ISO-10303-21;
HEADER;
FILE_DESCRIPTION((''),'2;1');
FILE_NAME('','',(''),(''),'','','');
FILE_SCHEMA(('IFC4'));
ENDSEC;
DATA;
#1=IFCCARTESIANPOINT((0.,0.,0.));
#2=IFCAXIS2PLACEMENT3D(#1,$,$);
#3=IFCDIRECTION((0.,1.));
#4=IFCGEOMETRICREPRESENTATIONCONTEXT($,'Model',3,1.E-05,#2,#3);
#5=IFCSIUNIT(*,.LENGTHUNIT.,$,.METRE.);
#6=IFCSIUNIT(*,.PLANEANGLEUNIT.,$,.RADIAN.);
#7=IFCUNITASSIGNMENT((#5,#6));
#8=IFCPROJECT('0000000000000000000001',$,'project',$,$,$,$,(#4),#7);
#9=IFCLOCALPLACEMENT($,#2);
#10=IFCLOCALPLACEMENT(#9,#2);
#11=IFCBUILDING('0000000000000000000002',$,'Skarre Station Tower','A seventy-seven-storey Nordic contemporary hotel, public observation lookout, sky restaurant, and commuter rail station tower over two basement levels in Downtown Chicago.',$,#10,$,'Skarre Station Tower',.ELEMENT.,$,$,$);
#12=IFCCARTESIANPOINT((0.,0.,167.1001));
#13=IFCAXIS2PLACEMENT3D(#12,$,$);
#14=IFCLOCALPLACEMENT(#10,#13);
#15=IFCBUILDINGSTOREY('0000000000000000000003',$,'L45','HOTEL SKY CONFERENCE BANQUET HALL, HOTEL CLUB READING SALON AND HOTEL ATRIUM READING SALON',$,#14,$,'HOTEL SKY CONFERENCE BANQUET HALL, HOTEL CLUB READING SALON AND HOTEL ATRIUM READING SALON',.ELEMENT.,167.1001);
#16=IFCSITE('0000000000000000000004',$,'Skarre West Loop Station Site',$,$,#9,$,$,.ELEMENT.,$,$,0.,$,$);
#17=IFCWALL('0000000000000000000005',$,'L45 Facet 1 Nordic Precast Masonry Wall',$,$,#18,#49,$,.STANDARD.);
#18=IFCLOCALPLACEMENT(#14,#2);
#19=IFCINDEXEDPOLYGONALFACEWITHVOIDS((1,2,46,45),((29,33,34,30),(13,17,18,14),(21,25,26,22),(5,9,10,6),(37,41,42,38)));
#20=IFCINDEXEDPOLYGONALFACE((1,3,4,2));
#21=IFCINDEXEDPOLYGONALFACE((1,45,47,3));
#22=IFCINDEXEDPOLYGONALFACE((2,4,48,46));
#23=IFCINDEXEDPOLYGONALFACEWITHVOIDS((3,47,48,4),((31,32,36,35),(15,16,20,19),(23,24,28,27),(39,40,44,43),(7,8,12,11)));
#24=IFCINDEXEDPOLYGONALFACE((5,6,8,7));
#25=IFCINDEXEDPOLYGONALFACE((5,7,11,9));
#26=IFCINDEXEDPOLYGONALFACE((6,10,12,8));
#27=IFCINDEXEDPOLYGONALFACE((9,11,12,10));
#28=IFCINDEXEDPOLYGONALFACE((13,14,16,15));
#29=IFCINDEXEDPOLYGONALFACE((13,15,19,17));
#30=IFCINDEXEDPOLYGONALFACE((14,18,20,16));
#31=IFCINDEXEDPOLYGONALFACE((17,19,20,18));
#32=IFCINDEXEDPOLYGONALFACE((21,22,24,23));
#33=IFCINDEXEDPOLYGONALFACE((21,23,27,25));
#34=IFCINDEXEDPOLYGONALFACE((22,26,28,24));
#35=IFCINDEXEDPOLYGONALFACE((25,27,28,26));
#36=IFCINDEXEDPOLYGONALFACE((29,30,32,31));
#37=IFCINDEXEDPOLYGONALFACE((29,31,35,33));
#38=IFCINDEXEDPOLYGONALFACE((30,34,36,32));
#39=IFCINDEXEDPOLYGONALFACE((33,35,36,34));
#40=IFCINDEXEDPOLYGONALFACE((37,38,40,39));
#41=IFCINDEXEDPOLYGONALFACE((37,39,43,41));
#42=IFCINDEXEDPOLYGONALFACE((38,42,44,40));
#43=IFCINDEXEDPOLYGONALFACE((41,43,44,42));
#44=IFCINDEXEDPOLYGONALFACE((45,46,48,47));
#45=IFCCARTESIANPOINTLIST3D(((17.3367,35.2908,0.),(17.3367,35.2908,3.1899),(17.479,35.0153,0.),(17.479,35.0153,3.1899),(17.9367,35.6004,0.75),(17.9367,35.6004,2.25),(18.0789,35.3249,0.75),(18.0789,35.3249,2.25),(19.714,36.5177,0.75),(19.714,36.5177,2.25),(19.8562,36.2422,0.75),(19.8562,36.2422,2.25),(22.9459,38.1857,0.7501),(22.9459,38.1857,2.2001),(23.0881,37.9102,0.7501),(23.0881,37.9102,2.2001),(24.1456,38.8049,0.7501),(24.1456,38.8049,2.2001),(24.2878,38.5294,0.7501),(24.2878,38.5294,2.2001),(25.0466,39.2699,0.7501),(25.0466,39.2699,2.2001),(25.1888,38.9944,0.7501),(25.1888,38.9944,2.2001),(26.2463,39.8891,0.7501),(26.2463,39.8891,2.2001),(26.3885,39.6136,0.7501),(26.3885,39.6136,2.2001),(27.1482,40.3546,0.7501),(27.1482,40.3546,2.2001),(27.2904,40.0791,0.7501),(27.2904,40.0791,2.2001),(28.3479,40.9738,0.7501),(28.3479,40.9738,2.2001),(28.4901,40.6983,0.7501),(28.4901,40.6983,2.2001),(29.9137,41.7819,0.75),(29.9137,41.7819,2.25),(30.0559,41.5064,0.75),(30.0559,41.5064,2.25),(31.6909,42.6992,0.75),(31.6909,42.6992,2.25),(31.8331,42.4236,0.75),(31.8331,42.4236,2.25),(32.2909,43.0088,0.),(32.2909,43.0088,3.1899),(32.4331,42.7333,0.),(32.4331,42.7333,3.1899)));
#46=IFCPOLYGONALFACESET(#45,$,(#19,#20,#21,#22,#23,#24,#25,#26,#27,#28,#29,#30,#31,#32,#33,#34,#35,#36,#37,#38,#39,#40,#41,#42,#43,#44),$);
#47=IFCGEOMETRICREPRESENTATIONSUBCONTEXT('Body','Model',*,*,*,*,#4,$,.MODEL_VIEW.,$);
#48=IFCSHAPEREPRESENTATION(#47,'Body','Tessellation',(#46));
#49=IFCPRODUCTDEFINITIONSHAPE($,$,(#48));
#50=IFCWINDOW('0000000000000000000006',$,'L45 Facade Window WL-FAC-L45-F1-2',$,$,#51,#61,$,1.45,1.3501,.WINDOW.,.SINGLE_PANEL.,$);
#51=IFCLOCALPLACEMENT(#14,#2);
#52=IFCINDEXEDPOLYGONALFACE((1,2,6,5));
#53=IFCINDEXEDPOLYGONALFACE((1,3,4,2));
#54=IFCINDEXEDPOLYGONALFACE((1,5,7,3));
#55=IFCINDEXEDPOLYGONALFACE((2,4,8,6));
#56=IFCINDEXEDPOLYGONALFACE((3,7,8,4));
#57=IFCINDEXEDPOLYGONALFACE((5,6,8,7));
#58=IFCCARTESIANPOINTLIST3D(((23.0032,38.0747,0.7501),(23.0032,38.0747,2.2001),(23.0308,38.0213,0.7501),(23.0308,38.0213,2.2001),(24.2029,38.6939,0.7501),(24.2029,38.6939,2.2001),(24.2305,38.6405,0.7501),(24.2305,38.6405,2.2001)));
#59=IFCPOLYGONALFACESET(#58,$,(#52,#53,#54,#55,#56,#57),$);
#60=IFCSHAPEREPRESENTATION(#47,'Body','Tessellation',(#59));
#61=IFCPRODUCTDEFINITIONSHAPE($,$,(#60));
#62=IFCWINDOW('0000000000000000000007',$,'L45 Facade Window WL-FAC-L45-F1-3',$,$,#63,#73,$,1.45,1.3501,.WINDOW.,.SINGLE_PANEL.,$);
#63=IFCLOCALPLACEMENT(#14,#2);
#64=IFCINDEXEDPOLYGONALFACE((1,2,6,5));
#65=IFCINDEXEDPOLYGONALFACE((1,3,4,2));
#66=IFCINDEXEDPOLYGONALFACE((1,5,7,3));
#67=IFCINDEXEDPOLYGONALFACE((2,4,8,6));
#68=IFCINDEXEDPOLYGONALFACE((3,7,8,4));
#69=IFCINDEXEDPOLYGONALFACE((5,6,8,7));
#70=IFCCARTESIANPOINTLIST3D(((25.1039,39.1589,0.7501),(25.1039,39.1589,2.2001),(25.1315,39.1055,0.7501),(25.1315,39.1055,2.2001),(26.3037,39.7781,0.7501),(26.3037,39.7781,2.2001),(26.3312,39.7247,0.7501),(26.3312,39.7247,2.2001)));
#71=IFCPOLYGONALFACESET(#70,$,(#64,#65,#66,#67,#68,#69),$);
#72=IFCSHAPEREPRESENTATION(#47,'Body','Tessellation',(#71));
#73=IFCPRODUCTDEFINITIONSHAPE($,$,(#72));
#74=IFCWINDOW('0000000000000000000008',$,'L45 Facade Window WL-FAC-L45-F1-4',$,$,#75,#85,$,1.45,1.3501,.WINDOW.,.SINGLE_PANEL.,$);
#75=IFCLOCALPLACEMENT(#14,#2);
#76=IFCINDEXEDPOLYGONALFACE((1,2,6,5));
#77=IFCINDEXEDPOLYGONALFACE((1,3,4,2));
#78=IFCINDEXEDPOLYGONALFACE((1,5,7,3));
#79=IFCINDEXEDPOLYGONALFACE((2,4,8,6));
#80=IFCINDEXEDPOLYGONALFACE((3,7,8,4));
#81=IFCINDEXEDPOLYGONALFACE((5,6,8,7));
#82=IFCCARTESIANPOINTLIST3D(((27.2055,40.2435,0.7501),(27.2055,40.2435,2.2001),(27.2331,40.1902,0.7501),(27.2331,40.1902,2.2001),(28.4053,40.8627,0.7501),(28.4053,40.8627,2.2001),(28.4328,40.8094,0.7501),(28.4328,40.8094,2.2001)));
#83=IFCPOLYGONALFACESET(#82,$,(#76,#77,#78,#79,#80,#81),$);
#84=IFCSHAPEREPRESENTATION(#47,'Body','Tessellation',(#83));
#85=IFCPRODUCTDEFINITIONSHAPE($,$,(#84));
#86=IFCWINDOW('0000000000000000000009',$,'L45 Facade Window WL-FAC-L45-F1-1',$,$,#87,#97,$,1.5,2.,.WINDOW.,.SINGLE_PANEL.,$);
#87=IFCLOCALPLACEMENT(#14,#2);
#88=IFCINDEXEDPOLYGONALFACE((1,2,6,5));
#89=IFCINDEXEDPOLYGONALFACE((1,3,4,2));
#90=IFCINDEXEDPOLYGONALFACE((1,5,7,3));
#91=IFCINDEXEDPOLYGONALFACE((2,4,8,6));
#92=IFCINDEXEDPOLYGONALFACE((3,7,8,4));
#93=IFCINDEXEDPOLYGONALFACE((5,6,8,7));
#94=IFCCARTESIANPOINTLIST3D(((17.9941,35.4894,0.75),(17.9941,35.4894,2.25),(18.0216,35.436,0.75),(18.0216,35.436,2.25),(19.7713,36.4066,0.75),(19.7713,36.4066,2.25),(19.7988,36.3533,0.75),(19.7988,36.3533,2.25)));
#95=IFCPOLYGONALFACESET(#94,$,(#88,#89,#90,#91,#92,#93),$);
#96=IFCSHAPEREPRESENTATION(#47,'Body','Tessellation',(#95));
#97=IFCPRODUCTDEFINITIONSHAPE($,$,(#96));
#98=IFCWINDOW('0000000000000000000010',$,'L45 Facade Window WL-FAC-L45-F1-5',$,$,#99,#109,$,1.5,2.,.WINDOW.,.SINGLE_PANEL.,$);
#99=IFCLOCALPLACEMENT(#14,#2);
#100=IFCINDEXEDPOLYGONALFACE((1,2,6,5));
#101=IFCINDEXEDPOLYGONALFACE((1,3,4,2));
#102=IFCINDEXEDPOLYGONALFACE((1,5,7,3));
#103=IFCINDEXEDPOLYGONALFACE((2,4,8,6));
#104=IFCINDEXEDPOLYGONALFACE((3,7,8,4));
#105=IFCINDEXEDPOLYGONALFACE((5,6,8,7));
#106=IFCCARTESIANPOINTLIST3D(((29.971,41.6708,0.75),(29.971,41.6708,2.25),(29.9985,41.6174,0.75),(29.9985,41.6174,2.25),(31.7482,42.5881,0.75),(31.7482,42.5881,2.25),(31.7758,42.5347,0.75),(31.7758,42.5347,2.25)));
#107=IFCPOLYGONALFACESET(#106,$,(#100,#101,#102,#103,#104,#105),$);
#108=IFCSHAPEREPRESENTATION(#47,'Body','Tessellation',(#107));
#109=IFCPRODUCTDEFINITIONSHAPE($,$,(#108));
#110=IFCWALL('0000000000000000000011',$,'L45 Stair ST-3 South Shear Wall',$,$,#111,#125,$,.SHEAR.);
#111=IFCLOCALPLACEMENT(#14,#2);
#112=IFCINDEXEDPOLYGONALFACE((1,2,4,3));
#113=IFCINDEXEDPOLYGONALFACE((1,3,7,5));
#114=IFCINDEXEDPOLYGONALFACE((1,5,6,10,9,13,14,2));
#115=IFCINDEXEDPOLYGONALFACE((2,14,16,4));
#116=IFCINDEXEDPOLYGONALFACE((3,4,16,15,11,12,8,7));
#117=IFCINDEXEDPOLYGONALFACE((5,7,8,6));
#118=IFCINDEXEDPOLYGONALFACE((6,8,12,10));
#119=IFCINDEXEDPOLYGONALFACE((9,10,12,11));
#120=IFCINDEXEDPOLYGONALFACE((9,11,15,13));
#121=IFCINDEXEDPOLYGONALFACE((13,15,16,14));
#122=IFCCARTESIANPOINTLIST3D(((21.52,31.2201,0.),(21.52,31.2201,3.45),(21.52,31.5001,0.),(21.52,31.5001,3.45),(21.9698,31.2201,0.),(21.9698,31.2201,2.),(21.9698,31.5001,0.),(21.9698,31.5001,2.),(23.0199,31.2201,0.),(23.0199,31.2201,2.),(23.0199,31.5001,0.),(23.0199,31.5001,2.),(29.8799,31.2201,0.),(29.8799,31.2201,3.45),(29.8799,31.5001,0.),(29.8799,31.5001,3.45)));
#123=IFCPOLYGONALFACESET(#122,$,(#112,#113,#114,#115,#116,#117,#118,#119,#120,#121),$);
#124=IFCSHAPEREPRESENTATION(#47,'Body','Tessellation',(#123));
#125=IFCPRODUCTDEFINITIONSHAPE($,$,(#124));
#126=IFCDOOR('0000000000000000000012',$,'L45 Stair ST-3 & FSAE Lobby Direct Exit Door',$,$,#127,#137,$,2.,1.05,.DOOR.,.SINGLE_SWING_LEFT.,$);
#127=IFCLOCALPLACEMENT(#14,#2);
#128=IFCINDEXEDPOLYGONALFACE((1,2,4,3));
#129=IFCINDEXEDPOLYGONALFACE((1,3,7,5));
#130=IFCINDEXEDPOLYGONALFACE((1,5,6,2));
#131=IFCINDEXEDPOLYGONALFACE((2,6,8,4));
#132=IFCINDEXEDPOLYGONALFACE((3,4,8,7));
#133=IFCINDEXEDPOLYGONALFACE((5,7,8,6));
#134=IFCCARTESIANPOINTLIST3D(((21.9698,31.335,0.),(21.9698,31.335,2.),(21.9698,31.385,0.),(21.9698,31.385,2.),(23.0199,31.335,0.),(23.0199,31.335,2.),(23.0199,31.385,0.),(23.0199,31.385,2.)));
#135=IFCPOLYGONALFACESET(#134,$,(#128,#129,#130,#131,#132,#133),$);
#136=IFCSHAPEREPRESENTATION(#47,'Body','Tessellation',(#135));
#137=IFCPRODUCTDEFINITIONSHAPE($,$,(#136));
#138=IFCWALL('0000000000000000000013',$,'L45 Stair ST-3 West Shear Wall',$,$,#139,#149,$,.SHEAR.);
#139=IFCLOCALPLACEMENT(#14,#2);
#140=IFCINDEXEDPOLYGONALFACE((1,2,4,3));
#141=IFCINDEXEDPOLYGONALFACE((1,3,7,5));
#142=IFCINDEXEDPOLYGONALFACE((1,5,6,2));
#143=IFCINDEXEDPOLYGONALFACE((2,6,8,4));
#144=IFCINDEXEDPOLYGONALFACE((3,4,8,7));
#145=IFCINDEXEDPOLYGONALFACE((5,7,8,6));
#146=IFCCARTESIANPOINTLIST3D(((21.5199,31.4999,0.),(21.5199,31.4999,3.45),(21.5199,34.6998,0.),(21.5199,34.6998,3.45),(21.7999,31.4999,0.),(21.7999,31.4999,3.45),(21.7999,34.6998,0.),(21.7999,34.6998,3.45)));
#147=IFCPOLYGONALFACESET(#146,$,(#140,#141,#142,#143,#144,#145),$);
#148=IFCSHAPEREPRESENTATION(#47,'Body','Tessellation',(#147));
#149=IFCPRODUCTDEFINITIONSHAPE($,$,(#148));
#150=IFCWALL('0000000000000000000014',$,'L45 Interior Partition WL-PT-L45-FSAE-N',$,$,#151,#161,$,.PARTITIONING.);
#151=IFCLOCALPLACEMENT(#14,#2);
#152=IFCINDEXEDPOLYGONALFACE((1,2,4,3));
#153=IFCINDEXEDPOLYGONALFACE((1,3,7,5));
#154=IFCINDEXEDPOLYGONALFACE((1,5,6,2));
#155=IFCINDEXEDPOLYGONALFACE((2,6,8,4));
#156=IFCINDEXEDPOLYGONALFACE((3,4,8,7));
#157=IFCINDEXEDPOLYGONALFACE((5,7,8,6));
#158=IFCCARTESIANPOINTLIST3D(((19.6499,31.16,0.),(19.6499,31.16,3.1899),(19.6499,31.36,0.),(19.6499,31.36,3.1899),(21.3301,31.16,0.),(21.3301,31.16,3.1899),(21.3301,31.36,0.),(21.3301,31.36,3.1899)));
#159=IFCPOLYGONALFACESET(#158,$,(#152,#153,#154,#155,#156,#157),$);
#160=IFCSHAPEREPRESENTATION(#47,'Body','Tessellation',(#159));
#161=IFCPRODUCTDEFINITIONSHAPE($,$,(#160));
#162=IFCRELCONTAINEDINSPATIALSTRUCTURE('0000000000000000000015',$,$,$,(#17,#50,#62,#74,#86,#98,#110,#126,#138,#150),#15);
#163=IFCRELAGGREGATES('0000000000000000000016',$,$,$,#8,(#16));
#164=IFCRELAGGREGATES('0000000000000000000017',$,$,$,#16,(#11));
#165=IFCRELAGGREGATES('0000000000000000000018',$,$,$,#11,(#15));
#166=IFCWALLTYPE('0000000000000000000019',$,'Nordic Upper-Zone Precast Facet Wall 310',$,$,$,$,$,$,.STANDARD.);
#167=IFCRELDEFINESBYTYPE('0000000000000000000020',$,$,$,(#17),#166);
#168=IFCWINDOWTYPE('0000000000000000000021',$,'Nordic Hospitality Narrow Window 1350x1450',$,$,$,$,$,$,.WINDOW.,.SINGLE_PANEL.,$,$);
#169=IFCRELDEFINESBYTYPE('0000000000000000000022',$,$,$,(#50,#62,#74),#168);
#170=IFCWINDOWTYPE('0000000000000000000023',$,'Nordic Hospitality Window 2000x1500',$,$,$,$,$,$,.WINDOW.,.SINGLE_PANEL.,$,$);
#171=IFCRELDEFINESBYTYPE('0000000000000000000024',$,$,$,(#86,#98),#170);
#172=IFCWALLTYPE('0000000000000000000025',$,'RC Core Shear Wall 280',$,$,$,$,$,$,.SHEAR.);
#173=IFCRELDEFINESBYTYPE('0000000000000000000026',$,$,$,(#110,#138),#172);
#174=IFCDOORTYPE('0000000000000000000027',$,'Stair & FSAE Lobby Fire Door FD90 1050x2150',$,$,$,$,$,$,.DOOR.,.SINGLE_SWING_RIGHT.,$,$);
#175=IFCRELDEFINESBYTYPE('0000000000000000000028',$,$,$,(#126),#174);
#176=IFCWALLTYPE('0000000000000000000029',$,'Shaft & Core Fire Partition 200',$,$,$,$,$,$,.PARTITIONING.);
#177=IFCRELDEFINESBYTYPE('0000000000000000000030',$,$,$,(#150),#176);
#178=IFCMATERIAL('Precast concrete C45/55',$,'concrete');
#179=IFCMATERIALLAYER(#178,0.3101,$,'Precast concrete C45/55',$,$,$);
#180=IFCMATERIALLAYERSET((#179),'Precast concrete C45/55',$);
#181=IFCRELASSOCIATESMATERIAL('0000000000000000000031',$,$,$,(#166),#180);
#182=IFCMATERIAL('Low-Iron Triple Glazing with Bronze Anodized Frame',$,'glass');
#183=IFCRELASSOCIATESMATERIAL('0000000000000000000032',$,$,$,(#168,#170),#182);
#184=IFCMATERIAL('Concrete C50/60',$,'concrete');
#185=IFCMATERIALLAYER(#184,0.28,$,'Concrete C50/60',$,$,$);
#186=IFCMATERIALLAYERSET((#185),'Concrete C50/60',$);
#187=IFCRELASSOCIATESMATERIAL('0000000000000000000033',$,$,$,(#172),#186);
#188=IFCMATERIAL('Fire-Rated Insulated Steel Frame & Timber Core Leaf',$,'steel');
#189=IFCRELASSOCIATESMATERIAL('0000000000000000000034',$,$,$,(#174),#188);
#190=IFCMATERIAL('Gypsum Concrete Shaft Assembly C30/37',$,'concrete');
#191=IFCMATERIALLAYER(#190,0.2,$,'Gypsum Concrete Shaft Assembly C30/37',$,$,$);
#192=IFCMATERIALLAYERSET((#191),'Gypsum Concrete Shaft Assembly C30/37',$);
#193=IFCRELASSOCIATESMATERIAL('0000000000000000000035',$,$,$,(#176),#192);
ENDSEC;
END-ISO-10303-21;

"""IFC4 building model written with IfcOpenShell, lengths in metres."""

from ifc_helpers import new_model, si_unit, direction, frame, frame_2d, origin, place, context, subcontext, project, spatial, rectangle, extrude, material, layer, layer_set, type_object, element, fill, save


model = new_model("IFC4")

# Units and contexts
model_context = context("Model", 3, precision=1e-05, world=origin(), true_north=direction((0.0, 1.0)))
body_context = subcontext(model_context, "Body", "Model", "MODEL_VIEW")
ifc_project = project(units=[si_unit("LENGTHUNIT", "METRE"), si_unit("PLANEANGLEUNIT", "RADIAN")], contexts=[model_context])

# Site, building, storey
site_placement = place(None, origin())
site = spatial("IfcSite", under=ifc_project, at=site_placement, Name="Skarre West Loop Station Site", CompositionType="ELEMENT", RefElevation=0.0)
building_placement = place(site_placement, origin())
building = spatial("IfcBuilding", under=site, at=building_placement, Name="Skarre Station Tower", Description="A seventy-seven-storey Nordic contemporary hotel, public observation lookout, sky restaurant, and commuter rail station tower over two basement levels in Downtown Chicago.", LongName="Skarre Station Tower", CompositionType="ELEMENT")
storey_placement = place(building_placement, frame((0.0, 0.0, 167.1001)))
storey = spatial("IfcBuildingStorey", under=building, at=storey_placement, Name="L45", Description="HOTEL SKY CONFERENCE BANQUET HALL, HOTEL CLUB READING SALON AND HOTEL ATRIUM READING SALON", LongName="HOTEL SKY CONFERENCE BANQUET HALL, HOTEL CLUB READING SALON AND HOTEL ATRIUM READING SALON", CompositionType="ELEMENT", Elevation=167.1001)

# Shared definitions
ifc_material_1 = material(Name="Concrete C50/60", Category="concrete")

# Shared definitions
ifc_material_2 = material(Name="Precast concrete C45/55", Category="concrete")

# Wall, openings, windows
ifc_layer_1 = layer(ifc_material_2, 0.3101, Name="Precast concrete C45/55")
ifc_layer_set_1 = layer_set([ifc_layer_1], Name="Precast concrete C45/55")
wall_type_1 = type_object("IfcWallType", Name="Nordic Upper-Zone Precast Facet Wall 310", PredefinedType="STANDARD", material=ifc_layer_set_1)
wall_1_placement = place(storey_placement, frame((17.408, 35.1531, 0.0), z_axis=(0.0, 0.0, 1.0), x_axis=(0.888626, 0.458632, 0.0)))
wall_1 = element("IfcWall", 1, at=wall_1_placement, inside=storey, type_object=wall_type_1, Name="L45 Facet 1 Nordic Precast Masonry Wall", PredefinedType="STANDARD", context=body_context, shape_type="SweptSolid", body=[
    extrude(rectangle(XDim=16.8284, YDim=0.3101, at=frame_2d((8.4141, 0.0))), origin(), (0.0, 0.0, 1.0), 3.1899),
])
opening_1_placement = place(wall_1_placement, frame((0.675, 0.0, 0.75)))
opening_1 = element("IfcOpeningElement", 2, at=opening_1_placement, cuts=wall_1, PredefinedType="OPENING", context=body_context, shape_type="SweptSolid", body=[
    extrude(rectangle(XDim=2.0, YDim=1.5, at=frame_2d((1.0, 0.75))), frame((0.0, 0.165, 0.0), z_axis=(0.0, -1.0, 0.0), x_axis=(1.0, 0.0, 0.0)), (0.0, 0.0, 1.0), 0.3301),
])
opening_2_placement = place(wall_1_placement, frame((6.312, 0.0, 0.75)))
opening_2 = element("IfcOpeningElement", 3, at=opening_2_placement, cuts=wall_1, PredefinedType="OPENING", context=body_context, shape_type="SweptSolid", body=[
    extrude(rectangle(XDim=1.3501, YDim=1.45, at=frame_2d((0.675, 0.7251))), frame((0.0, 0.165, 0.0), z_axis=(0.0, -1.0, 0.0), x_axis=(1.0, 0.0, 0.0)), (0.0, 0.0, 1.0), 0.3301),
])
opening_3_placement = place(wall_1_placement, frame((8.676, 0.0, 0.75)))
opening_3 = element("IfcOpeningElement", 4, at=opening_3_placement, cuts=wall_1, PredefinedType="OPENING", context=body_context, shape_type="SweptSolid", body=[
    extrude(rectangle(XDim=1.3501, YDim=1.45, at=frame_2d((0.675, 0.7251))), frame((0.0, 0.165, 0.0), z_axis=(0.0, -1.0, 0.0), x_axis=(1.0, 0.0, 0.0)), (0.0, 0.0, 1.0), 0.3301),
])
opening_4_placement = place(wall_1_placement, frame((11.041, 0.0, 0.75)))
opening_4 = element("IfcOpeningElement", 5, at=opening_4_placement, cuts=wall_1, PredefinedType="OPENING", context=body_context, shape_type="SweptSolid", body=[
    extrude(rectangle(XDim=1.3501, YDim=1.45, at=frame_2d((0.675, 0.7251))), frame((0.0, 0.165, 0.0), z_axis=(0.0, -1.0, 0.0), x_axis=(1.0, 0.0, 0.0)), (0.0, 0.0, 1.0), 0.3301),
])
opening_5_placement = place(wall_1_placement, frame((14.1531, 0.0, 0.75)))
opening_5 = element("IfcOpeningElement", 6, at=opening_5_placement, cuts=wall_1, PredefinedType="OPENING", context=body_context, shape_type="SweptSolid", body=[
    extrude(rectangle(XDim=2.0, YDim=1.5, at=frame_2d((1.0, 0.75))), frame((0.0, 0.165, 0.0), z_axis=(0.0, -1.0, 0.0), x_axis=(1.0, 0.0, 0.0)), (0.0, 0.0, 1.0), 0.3301),
])
ifc_material_3 = material(Name="Low-Iron Triple Glazing with Bronze Anodized Frame", Category="glass")
window_type_1 = type_object("IfcWindowType", Name="Nordic Hospitality Narrow Window 1350x1450", PartitioningType="SINGLE_PANEL", PredefinedType="WINDOW", material=ifc_material_3)
window_1_placement = place(opening_2_placement, origin())
window_1 = element("IfcWindow", 7, at=window_1_placement, inside=storey, type_object=window_type_1, Name="L45 Facade Window WL-FAC-L45-F1-2", OverallHeight=1.45, OverallWidth=1.3501, PartitioningType="SINGLE_PANEL", PredefinedType="WINDOW", context=body_context, shape_type="SweptSolid", body=[
    extrude(rectangle(XDim=1.3501, YDim=1.45, at=frame_2d((0.675, 0.7251))), frame((0.0, 0.03, 0.0), z_axis=(0.0, -1.0, 0.0), x_axis=(1.0, 0.0, 0.0)), (0.0, 0.0, 1.0), 0.0601),
])
fill(opening_2, window_1)
window_2_placement = place(opening_3_placement, origin())
window_2 = element("IfcWindow", 8, at=window_2_placement, inside=storey, type_object=window_type_1, Name="L45 Facade Window WL-FAC-L45-F1-3", OverallHeight=1.45, OverallWidth=1.3501, PartitioningType="SINGLE_PANEL", PredefinedType="WINDOW", context=body_context, shape_type="SweptSolid", body=[
    extrude(rectangle(XDim=1.3501, YDim=1.45, at=frame_2d((0.675, 0.7251))), frame((0.0, 0.03, 0.0), z_axis=(0.0, -1.0, 0.0), x_axis=(1.0, 0.0, 0.0)), (0.0, 0.0, 1.0), 0.0601),
])
fill(opening_3, window_2)
window_3_placement = place(opening_4_placement, origin())
window_3 = element("IfcWindow", 9, at=window_3_placement, inside=storey, type_object=window_type_1, Name="L45 Facade Window WL-FAC-L45-F1-4", OverallHeight=1.45, OverallWidth=1.3501, PartitioningType="SINGLE_PANEL", PredefinedType="WINDOW", context=body_context, shape_type="SweptSolid", body=[
    extrude(rectangle(XDim=1.3501, YDim=1.45, at=frame_2d((0.675, 0.7251))), frame((0.0, 0.03, 0.0), z_axis=(0.0, -1.0, 0.0), x_axis=(1.0, 0.0, 0.0)), (0.0, 0.0, 1.0), 0.0601),
])
fill(opening_4, window_3)
window_type_2 = type_object("IfcWindowType", Name="Nordic Hospitality Window 2000x1500", PartitioningType="SINGLE_PANEL", PredefinedType="WINDOW", material=ifc_material_3)
window_4_placement = place(opening_1_placement, origin())
window_4 = element("IfcWindow", 10, at=window_4_placement, inside=storey, type_object=window_type_2, Name="L45 Facade Window WL-FAC-L45-F1-1", OverallHeight=1.5, OverallWidth=2.0, PartitioningType="SINGLE_PANEL", PredefinedType="WINDOW", context=body_context, shape_type="SweptSolid", body=[
    extrude(rectangle(XDim=2.0, YDim=1.5, at=frame_2d((1.0, 0.75))), frame((0.0, 0.03, 0.0), z_axis=(0.0, -1.0, 0.0), x_axis=(1.0, 0.0, 0.0)), (0.0, 0.0, 1.0), 0.0601),
])
fill(opening_1, window_4)
window_5_placement = place(opening_5_placement, origin())
window_5 = element("IfcWindow", 11, at=window_5_placement, inside=storey, type_object=window_type_2, Name="L45 Facade Window WL-FAC-L45-F1-5", OverallHeight=1.5, OverallWidth=2.0, PartitioningType="SINGLE_PANEL", PredefinedType="WINDOW", context=body_context, shape_type="SweptSolid", body=[
    extrude(rectangle(XDim=2.0, YDim=1.5, at=frame_2d((1.0, 0.75))), frame((0.0, 0.03, 0.0), z_axis=(0.0, -1.0, 0.0), x_axis=(1.0, 0.0, 0.0)), (0.0, 0.0, 1.0), 0.0601),
])
fill(opening_5, window_5)

# Wall, opening, door
ifc_layer_2 = layer(ifc_material_1, 0.28, Name="Concrete C50/60")
ifc_layer_set_2 = layer_set([ifc_layer_2], Name="Concrete C50/60")
wall_type_2 = type_object("IfcWallType", Name="RC Core Shear Wall 280", PredefinedType="SHEAR", material=ifc_layer_set_2)
wall_2_placement = place(storey_placement, frame((21.52, 31.3601, 0.0), z_axis=(0.0, 0.0, 1.0), x_axis=(1.0, 0.0, 0.0)))
wall_2 = element("IfcWall", 12, at=wall_2_placement, inside=storey, type_object=wall_type_2, Name="L45 Stair ST-3 South Shear Wall", PredefinedType="SHEAR", context=body_context, shape_type="SweptSolid", body=[
    extrude(rectangle(XDim=8.3599, YDim=0.28, at=frame_2d((4.1799, 0.0))), origin(), (0.0, 0.0, 1.0), 3.45),
])
opening_6_placement = place(wall_2_placement, frame((0.45, 0.0, 0.0)))
opening_6 = element("IfcOpeningElement", 13, at=opening_6_placement, cuts=wall_2, PredefinedType="OPENING", context=body_context, shape_type="SweptSolid", body=[
    extrude(rectangle(XDim=1.05, YDim=2.0, at=frame_2d((0.5249, 1.0))), frame((0.0, 0.1499, 0.0), z_axis=(0.0, -1.0, 0.0), x_axis=(1.0, 0.0, 0.0)), (0.0, 0.0, 1.0), 0.3),
])
ifc_material_4 = material(Name="Fire-Rated Insulated Steel Frame & Timber Core Leaf", Category="steel")
door_type = type_object("IfcDoorType", Name="Stair & FSAE Lobby Fire Door FD90 1050x2150", OperationType="SINGLE_SWING_RIGHT", PredefinedType="DOOR", material=ifc_material_4)
door_placement = place(opening_6_placement, origin())
door = element("IfcDoor", 14, at=door_placement, inside=storey, type_object=door_type, Name="L45 Stair ST-3 & FSAE Lobby Direct Exit Door", OperationType="SINGLE_SWING_LEFT", OverallHeight=2.0, OverallWidth=1.05, PredefinedType="DOOR", context=body_context, shape_type="SweptSolid", body=[
    extrude(rectangle(XDim=1.05, YDim=2.0, at=frame_2d((0.5249, 1.0))), frame((0.0, 0.0249, 0.0), z_axis=(0.0, -1.0, 0.0), x_axis=(1.0, 0.0, 0.0)), (0.0, 0.0, 1.0), 0.05),
])
fill(opening_6, door)

# Walls
wall_3_placement = place(storey_placement, frame((21.6599, 34.7, 0.0), z_axis=(0.0, 0.0, 1.0), x_axis=(0.0, -1.0, 0.0)))
element("IfcWall", 15, at=wall_3_placement, inside=storey, type_object=wall_type_2, Name="L45 Stair ST-3 West Shear Wall", PredefinedType="SHEAR", context=body_context, shape_type="SweptSolid", body=[
    extrude(rectangle(XDim=3.2, YDim=0.28, at=frame_2d((1.6001, 0.0))), origin(), (0.0, 0.0, 1.0), 3.45),
])
ifc_material_5 = material(Name="Gypsum Concrete Shaft Assembly C30/37", Category="concrete")
ifc_layer_3 = layer(ifc_material_5, 0.2, Name="Gypsum Concrete Shaft Assembly C30/37")
ifc_layer_set_3 = layer_set([ifc_layer_3], Name="Gypsum Concrete Shaft Assembly C30/37")
wall_type_3 = type_object("IfcWallType", Name="Shaft & Core Fire Partition 200", PredefinedType="PARTITIONING", material=ifc_layer_set_3)
wall_4_placement = place(storey_placement, frame((21.3301, 31.26, 0.0), z_axis=(0.0, 0.0, 1.0), x_axis=(-1.0, 0.0, 0.0)))
element("IfcWall", 16, at=wall_4_placement, inside=storey, type_object=wall_type_3, Name="L45 Interior Partition WL-PT-L45-FSAE-N", PredefinedType="PARTITIONING", context=body_context, shape_type="SweptSolid", body=[
    extrude(rectangle(XDim=1.6802, YDim=0.2, at=frame_2d((0.8401, 0.0))), origin(), (0.0, 0.0, 1.0), 3.1899),
])

save(model, "model.ifc")
